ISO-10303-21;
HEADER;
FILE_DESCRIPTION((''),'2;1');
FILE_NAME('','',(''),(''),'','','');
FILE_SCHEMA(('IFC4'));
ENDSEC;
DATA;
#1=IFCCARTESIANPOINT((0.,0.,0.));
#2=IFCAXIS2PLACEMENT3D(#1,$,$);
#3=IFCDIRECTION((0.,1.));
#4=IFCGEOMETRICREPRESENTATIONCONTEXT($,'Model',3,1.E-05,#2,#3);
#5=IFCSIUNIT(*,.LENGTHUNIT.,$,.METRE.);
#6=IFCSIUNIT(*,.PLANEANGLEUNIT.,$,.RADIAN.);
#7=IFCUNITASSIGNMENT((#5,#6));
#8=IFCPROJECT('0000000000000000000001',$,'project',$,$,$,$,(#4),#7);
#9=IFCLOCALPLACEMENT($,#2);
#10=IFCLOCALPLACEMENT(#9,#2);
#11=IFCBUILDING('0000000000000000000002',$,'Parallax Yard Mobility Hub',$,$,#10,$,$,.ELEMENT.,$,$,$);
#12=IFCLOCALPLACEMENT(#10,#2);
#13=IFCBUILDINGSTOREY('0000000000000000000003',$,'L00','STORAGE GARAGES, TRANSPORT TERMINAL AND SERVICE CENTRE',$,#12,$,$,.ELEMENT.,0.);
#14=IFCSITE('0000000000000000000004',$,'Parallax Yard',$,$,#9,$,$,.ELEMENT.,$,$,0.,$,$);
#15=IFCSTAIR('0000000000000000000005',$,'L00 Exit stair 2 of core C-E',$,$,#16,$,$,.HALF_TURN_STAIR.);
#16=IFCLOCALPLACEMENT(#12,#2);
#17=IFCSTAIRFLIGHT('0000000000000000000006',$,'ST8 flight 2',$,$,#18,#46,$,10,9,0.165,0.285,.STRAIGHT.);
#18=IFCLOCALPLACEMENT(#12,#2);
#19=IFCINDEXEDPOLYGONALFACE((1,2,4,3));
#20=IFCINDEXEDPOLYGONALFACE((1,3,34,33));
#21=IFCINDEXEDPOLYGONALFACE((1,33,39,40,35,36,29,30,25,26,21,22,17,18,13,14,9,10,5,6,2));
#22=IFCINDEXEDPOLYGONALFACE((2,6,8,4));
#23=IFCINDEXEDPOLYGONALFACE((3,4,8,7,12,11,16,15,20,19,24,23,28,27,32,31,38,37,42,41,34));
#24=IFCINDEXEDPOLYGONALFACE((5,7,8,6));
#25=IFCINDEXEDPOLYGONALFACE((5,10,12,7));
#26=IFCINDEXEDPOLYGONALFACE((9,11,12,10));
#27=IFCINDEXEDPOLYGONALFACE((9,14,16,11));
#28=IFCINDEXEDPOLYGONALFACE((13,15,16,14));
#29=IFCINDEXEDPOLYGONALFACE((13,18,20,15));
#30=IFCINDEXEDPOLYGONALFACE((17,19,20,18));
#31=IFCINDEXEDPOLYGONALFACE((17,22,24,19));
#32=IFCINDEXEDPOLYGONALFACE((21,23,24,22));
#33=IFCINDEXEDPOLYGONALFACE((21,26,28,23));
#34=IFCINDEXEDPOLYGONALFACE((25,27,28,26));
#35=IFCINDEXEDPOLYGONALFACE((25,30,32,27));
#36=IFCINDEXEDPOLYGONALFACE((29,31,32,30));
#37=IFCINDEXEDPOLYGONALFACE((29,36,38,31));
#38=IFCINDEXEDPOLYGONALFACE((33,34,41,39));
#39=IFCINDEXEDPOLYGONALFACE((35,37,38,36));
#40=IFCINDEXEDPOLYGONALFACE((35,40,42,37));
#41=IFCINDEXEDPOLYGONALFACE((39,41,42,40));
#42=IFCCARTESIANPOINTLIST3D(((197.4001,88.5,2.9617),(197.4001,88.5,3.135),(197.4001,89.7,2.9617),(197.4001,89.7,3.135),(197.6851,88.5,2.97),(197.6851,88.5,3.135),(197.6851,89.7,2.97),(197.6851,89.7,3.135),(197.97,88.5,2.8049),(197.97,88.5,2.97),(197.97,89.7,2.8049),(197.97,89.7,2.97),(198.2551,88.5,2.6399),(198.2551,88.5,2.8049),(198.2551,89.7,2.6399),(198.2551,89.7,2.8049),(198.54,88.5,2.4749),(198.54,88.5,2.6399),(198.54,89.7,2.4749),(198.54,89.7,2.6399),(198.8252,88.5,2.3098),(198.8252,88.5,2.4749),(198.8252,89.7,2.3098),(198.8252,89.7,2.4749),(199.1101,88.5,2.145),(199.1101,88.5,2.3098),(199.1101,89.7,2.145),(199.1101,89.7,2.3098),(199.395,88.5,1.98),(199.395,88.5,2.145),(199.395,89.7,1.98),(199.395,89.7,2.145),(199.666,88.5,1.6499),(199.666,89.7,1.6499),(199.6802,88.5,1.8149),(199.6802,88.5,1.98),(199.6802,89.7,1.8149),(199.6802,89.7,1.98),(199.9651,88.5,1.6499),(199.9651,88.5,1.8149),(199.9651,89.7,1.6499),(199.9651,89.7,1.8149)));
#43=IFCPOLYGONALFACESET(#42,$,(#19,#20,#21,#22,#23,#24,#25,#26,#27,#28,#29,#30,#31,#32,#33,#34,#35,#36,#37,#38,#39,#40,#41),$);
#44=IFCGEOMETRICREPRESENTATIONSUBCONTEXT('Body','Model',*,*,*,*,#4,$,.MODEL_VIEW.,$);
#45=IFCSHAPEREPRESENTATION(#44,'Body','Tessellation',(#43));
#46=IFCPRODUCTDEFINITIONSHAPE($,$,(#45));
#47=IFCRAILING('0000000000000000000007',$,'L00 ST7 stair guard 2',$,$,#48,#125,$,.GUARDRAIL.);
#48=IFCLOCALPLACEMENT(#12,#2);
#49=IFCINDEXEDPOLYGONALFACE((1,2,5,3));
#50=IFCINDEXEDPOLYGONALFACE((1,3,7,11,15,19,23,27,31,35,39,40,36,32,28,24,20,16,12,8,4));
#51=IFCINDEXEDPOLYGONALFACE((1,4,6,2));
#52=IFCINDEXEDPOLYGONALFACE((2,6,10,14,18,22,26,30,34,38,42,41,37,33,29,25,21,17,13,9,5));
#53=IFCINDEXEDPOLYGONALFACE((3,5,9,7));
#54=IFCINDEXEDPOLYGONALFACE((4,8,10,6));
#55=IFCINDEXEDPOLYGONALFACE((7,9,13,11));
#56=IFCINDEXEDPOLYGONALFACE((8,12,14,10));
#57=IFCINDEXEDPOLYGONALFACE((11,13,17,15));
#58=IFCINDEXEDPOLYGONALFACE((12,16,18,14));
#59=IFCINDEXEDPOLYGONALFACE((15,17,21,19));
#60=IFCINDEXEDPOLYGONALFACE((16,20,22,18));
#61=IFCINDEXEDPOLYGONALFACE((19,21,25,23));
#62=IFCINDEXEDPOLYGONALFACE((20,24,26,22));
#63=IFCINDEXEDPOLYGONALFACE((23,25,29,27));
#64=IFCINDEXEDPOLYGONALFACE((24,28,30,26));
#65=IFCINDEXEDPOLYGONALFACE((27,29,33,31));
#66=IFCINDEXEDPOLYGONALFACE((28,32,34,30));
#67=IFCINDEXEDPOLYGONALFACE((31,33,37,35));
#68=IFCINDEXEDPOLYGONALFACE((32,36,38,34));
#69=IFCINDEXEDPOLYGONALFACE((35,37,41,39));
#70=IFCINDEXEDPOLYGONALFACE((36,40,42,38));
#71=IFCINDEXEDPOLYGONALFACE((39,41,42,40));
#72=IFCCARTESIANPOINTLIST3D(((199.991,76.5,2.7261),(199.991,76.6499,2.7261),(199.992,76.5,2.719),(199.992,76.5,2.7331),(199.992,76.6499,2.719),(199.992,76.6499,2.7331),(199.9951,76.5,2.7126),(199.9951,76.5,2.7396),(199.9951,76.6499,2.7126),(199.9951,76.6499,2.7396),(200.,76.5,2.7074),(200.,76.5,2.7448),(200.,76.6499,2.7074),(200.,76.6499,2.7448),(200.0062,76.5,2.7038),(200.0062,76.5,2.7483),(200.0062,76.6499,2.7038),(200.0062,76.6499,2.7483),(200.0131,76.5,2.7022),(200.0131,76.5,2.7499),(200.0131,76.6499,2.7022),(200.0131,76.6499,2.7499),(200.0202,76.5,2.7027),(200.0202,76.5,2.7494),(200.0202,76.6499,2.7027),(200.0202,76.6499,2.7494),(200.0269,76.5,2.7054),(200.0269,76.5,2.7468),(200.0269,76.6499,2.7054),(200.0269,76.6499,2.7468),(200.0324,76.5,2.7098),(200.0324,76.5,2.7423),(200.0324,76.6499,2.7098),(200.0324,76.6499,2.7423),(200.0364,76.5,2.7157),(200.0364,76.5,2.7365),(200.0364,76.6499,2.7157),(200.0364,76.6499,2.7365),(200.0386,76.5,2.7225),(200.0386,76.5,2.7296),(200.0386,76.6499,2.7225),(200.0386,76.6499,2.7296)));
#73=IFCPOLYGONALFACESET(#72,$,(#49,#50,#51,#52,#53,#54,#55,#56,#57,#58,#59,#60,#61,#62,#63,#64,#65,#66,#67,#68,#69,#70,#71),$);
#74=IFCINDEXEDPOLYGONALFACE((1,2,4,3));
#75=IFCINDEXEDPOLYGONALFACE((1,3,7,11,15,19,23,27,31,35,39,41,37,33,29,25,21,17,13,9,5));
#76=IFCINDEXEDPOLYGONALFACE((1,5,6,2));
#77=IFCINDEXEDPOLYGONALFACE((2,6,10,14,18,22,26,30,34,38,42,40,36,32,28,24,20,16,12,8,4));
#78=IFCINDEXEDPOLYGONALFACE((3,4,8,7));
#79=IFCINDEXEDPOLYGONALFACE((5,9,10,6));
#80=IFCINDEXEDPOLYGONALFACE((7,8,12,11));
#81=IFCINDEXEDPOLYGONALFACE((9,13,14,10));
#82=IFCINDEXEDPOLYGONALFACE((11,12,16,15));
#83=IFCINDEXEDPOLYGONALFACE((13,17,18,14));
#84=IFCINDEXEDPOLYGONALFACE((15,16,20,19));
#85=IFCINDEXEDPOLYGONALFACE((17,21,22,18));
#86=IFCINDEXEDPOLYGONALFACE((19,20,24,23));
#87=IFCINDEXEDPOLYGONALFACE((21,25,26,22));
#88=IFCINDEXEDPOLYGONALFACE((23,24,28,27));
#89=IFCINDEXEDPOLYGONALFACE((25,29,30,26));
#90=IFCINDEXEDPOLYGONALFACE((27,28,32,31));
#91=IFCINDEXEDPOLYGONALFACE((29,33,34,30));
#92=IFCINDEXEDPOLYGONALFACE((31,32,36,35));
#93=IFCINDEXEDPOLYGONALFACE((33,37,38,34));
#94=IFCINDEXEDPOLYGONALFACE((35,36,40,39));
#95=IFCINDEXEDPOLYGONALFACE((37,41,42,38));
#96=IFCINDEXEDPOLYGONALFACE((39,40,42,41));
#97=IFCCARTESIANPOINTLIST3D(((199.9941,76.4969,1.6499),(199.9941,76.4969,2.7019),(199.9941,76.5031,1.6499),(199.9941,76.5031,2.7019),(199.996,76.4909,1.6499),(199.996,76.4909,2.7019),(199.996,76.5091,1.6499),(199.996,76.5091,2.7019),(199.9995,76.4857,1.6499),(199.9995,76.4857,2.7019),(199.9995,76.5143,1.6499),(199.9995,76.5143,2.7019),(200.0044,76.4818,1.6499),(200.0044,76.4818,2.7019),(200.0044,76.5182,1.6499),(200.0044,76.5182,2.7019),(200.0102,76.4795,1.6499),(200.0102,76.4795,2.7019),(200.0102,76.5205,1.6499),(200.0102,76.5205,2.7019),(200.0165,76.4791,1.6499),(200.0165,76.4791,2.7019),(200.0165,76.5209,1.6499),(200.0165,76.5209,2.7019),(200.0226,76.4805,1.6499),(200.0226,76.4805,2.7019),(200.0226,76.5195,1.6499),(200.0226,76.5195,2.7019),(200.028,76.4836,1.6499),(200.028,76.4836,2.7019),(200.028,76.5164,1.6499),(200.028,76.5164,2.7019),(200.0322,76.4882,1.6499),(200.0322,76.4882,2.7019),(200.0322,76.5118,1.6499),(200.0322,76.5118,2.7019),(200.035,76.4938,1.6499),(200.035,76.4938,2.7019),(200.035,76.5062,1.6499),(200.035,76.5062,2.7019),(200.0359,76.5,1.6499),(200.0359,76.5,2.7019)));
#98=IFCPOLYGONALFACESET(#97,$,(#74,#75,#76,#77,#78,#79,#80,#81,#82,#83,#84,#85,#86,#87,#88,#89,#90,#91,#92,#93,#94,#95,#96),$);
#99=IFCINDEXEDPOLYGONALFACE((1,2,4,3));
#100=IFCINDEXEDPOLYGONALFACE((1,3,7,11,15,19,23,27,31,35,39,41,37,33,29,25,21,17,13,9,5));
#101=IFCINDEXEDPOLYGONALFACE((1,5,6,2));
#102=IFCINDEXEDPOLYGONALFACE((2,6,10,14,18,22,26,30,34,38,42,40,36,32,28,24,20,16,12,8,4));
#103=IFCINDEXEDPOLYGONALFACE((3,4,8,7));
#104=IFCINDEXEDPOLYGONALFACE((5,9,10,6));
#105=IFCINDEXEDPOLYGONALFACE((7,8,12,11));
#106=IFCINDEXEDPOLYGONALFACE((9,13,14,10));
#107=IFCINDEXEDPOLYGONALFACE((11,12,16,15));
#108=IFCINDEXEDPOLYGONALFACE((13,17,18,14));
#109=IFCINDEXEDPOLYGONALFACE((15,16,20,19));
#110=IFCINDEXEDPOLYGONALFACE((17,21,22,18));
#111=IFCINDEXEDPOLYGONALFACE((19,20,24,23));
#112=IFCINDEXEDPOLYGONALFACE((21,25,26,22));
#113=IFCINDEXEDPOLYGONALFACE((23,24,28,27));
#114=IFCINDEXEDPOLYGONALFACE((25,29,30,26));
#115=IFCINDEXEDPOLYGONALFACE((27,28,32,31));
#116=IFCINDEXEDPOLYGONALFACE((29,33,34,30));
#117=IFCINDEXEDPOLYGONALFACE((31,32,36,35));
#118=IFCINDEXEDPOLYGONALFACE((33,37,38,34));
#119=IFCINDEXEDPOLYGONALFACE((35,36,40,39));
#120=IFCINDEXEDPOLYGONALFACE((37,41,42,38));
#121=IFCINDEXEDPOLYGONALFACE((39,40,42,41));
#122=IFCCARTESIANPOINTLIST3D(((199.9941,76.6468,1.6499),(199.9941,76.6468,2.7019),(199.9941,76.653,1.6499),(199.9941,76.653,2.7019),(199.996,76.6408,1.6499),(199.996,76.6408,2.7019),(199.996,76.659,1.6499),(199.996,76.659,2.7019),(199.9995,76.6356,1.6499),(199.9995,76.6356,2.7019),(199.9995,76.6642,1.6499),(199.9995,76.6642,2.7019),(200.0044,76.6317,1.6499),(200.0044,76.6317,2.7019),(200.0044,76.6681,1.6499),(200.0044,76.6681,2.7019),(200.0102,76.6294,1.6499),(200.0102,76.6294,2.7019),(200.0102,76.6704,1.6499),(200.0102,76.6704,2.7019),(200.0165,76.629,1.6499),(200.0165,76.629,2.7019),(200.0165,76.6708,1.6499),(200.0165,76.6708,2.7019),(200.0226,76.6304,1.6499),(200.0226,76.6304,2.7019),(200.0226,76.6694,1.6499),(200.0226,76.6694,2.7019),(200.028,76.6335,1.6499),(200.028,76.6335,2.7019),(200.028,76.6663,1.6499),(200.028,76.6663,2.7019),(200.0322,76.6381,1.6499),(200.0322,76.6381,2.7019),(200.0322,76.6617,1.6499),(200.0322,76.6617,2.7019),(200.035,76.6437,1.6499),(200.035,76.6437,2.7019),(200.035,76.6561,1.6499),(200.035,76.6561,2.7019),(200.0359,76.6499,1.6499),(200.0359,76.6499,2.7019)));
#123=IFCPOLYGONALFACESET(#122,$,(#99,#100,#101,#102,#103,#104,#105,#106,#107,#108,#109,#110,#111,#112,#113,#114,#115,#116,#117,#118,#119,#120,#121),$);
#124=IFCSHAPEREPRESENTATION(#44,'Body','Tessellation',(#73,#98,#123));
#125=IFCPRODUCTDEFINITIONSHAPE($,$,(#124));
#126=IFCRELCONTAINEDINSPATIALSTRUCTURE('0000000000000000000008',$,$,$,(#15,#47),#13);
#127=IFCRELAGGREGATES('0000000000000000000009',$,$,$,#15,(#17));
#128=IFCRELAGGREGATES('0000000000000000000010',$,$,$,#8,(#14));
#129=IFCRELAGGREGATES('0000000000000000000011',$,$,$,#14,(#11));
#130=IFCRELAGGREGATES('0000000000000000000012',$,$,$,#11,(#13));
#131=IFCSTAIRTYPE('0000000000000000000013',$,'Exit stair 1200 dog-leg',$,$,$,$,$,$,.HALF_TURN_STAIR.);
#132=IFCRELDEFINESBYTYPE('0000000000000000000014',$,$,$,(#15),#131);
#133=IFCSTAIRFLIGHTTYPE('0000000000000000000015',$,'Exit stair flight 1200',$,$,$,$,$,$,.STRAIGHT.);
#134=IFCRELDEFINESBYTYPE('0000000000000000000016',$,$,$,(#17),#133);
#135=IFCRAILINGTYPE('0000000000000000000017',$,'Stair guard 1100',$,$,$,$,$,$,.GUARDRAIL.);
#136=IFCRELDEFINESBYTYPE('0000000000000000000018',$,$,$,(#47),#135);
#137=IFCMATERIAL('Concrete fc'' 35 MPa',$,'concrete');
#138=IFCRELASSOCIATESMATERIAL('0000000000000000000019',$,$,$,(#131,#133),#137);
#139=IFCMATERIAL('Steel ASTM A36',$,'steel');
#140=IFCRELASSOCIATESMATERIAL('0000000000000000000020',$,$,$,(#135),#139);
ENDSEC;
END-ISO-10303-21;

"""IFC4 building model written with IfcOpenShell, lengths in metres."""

from ifc_helpers import new_model, si_unit, direction, frame, origin, origin_2d, place, context, subcontext, project, spatial, polyline, circle, outline, extrude, material, type_object, element, aggregate, save


model = new_model("IFC4")

# Units and contexts
model_context = context("Model", 3, precision=1e-05, world=origin(), true_north=direction((0.0, 1.0)))
body_context = subcontext(model_context, "Body", "Model", "MODEL_VIEW")
ifc_project = project(units=[si_unit("LENGTHUNIT", "METRE"), si_unit("PLANEANGLEUNIT", "RADIAN")], contexts=[model_context])

# Site, building, storey
site_placement = place(None, origin())
site = spatial("IfcSite", under=ifc_project, at=site_placement, Name="Parallax Yard", CompositionType="ELEMENT", RefElevation=0.0)
building_placement = place(site_placement, origin())
building = spatial("IfcBuilding", under=site, at=building_placement, Name="Parallax Yard Mobility Hub", CompositionType="ELEMENT")
storey_placement = place(building_placement, origin())
storey = spatial("IfcBuildingStorey", under=building, at=storey_placement, Name="L00", Description="STORAGE GARAGES, TRANSPORT TERMINAL AND SERVICE CENTRE", CompositionType="ELEMENT", Elevation=0.0)

# Shared definitions
ifc_material_1 = material(Name="Concrete fc' 35 MPa", Category="concrete")

# Stair, stair flight
stair_type = type_object("IfcStairType", Name="Exit stair 1200 dog-leg", PredefinedType="HALF_TURN_STAIR", material=ifc_material_1)
stair_flight_type = type_object("IfcStairFlightType", Name="Exit stair flight 1200", PredefinedType="STRAIGHT", material=ifc_material_1)
stair_1_placement = place(storey_placement, origin())
stair_1 = element("IfcStair", 1, at=stair_1_placement, inside=storey, type_object=stair_type, Name="L00 Exit stair 2 of core C-E", PredefinedType="HALF_TURN_STAIR")
stair_flight_1_placement = place(storey_placement, frame((199.9651, 89.1001, 1.6499), z_axis=(0.0, 0.0, 1.0), x_axis=(-1.0, 0.0, 0.0)))
stair_flight_1 = element("IfcStairFlight", 2, at=stair_flight_1_placement, type_object=stair_flight_type, Name="ST8 flight 2", NumberOfRisers=10, NumberOfTreads=9, PredefinedType="STRAIGHT", RiserHeight=0.165, TreadLength=0.285, context=body_context, shape_type="SweptSolid", body=[
    extrude(outline(polyline([(0.0, 0.0), (0.0, 0.165), (0.2849, 0.165), (0.2849, 0.3301), (0.5701, 0.3301), (0.5701, 0.4951), (0.855, 0.4951), (0.855, 0.6599), (1.1399, 0.6599), (1.1399, 0.825), (1.425, 0.825), (1.425, 0.99), (1.71, 0.99), (1.71, 1.155), (1.9951, 1.155), (1.9951, 1.3201), (2.28, 1.3201), (2.28, 1.4851), (2.5649, 1.4851), (2.5649, 1.6499), (2.5649, 1.3118), (0.2991, 0.0), (0.0, 0.0)])), frame((0.0, 0.6001, 0.0), z_axis=(0.0, -1.0, 0.0), x_axis=(1.0, 0.0, 0.0)), (0.0, 0.0, 1.0), 1.2),
])
aggregate(stair_1, [stair_flight_1])

# Railing
ifc_material_2 = material(Name="Steel ASTM A36", Category="steel")
railing_type_1 = type_object("IfcRailingType", Name="Stair guard 1100", PredefinedType="GUARDRAIL", material=ifc_material_2)
railing_1_placement = place(storey_placement, frame((200.0149, 76.5, 1.6499)))
element("IfcRailing", 3, at=railing_1_placement, inside=storey, type_object=railing_type_1, Name="L00 ST7 stair guard 2", PredefinedType="GUARDRAIL", context=body_context, shape_type="SweptSolid", body=[
    extrude(circle(Radius=0.0239, at=origin_2d()), frame((0.0, 0.0, 1.0762), z_axis=(0.0, 1.0, 0.0), x_axis=(-1.0, 0.0, 0.0)), (0.0, 0.0, 1.0), 0.1499),
    extrude(circle(Radius=0.021, at=origin_2d()), origin(), (0.0, 0.0, 1.0), 1.052),
    extrude(circle(Radius=0.021, at=origin_2d()), frame((0.0, 0.1499, 0.0)), (0.0, 0.0, 1.0), 1.052),
])

save(model, "model.ifc")
